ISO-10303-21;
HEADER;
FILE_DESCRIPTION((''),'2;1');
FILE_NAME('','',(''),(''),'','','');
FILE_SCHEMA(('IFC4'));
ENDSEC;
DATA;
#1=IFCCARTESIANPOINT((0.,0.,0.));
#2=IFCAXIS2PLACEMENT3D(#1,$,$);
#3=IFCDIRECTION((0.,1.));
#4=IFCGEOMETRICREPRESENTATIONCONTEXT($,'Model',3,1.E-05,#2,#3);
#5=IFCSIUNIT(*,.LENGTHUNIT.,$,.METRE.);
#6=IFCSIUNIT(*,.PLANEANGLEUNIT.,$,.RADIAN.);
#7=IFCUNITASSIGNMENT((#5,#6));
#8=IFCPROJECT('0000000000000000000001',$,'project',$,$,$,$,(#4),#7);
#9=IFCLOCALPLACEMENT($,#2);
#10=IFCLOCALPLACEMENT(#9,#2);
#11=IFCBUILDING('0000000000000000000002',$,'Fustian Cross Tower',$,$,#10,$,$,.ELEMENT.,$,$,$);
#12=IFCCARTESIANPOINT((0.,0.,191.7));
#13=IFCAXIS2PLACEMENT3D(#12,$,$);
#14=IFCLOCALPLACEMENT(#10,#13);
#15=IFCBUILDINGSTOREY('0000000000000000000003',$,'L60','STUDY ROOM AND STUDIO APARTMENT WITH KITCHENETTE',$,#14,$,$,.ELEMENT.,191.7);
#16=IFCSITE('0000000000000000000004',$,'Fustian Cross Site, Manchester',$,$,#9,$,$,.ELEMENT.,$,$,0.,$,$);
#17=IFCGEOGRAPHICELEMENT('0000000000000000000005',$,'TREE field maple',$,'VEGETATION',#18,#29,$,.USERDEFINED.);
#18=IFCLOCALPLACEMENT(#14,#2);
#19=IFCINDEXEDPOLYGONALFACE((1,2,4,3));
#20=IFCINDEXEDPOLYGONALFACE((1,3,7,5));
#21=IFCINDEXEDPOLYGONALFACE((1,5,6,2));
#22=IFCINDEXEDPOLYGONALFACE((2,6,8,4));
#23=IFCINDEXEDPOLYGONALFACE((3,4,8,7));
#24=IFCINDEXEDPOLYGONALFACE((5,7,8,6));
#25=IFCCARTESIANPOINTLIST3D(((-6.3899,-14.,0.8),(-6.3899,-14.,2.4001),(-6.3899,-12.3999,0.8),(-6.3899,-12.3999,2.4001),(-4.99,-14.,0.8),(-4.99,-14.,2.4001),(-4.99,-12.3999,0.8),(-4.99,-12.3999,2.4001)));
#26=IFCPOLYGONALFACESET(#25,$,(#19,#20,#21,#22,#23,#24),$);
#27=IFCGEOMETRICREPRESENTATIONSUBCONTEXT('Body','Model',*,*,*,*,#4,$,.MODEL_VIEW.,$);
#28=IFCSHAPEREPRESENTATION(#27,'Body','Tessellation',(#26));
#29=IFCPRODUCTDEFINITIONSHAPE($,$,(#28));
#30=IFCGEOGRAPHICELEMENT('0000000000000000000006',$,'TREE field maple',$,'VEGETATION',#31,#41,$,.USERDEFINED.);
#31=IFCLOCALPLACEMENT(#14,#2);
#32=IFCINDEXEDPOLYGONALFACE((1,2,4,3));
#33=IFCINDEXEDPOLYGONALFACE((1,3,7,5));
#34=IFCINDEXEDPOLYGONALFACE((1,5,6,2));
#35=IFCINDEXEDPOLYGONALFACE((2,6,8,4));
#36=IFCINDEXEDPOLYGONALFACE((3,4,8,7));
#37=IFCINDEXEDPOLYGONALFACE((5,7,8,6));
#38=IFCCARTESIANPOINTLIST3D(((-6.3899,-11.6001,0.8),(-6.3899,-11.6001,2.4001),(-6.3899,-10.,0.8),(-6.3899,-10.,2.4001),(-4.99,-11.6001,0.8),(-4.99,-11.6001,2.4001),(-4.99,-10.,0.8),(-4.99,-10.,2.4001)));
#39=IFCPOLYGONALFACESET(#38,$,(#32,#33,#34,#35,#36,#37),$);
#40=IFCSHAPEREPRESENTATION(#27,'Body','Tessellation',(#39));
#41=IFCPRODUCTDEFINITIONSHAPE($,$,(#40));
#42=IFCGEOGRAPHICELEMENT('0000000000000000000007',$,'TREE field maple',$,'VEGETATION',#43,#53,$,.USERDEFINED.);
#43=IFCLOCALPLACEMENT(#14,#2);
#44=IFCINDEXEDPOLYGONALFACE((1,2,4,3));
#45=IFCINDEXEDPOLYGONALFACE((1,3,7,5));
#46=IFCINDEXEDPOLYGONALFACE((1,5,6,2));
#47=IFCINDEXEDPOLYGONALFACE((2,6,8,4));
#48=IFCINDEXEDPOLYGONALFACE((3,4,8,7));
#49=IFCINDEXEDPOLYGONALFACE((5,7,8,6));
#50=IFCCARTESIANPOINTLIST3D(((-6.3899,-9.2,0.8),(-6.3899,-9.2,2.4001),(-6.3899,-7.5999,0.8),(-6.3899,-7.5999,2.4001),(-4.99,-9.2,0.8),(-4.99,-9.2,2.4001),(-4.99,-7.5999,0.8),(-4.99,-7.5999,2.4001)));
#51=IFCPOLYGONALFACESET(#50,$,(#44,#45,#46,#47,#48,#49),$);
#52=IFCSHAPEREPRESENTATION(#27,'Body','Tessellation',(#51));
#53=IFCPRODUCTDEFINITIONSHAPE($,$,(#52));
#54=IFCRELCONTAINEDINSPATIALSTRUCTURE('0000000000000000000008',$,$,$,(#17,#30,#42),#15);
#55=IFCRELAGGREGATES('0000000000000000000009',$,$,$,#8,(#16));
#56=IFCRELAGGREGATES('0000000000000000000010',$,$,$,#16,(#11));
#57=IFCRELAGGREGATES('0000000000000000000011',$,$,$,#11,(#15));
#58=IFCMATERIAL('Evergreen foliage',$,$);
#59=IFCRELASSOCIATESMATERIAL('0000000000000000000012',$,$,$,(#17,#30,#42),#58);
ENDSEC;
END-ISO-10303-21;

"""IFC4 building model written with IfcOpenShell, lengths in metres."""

from ifc_helpers import new_model, si_unit, direction, frame, origin, origin_2d, place, context, subcontext, project, spatial, rectangle, extrude, material, element, save


model = new_model("IFC4")

# Units and contexts
model_context = context("Model", 3, precision=1e-05, world=origin(), true_north=direction((0.0, 1.0)))
body_context = subcontext(model_context, "Body", "Model", "MODEL_VIEW")
ifc_project = project(units=[si_unit("LENGTHUNIT", "METRE"), si_unit("PLANEANGLEUNIT", "RADIAN")], contexts=[model_context])

# Site, building, storey
site_placement = place(None, origin())
site = spatial("IfcSite", under=ifc_project, at=site_placement, Name="Fustian Cross Site, Manchester", CompositionType="ELEMENT", RefElevation=0.0)
building_placement = place(site_placement, origin())
building = spatial("IfcBuilding", under=site, at=building_placement, Name="Fustian Cross Tower", CompositionType="ELEMENT")
storey_placement = place(building_placement, frame((0.0, 0.0, 191.7)))
storey = spatial("IfcBuildingStorey", under=building, at=storey_placement, Name="L60", Description="STUDY ROOM AND STUDIO APARTMENT WITH KITCHENETTE", CompositionType="ELEMENT", Elevation=191.7)

# Geographic elements
ifc_material_1 = material(Name="Evergreen foliage")
for number, where, z_axis, x_axis, name in (
    (1, (-5.6899, -13.2, 0.8), (0.0, 0.0, 1.0), (1.0, 0.0, 0.0), "TREE field maple"),
    (2, (-5.6899, -10.8, 0.8), (0.0, 0.0, 1.0), (1.0, 0.0, 0.0), "TREE field maple"),
    (3, (-5.6899, -8.3999, 0.8), (0.0, 0.0, 1.0), (1.0, 0.0, 0.0), "TREE field maple"),
):
    element("IfcGeographicElement", number, at=place(storey_placement, frame(where, z_axis=z_axis, x_axis=x_axis)), inside=storey, material=ifc_material_1, Name=name, ObjectType="VEGETATION", PredefinedType="USERDEFINED", context=body_context, shape_type="SweptSolid", body=[
        extrude(rectangle(XDim=1.3999, YDim=1.6001, at=origin_2d()), origin(), (0.0, 0.0, 1.0), 1.6001),
    ])

save(model, "model.ifc")
